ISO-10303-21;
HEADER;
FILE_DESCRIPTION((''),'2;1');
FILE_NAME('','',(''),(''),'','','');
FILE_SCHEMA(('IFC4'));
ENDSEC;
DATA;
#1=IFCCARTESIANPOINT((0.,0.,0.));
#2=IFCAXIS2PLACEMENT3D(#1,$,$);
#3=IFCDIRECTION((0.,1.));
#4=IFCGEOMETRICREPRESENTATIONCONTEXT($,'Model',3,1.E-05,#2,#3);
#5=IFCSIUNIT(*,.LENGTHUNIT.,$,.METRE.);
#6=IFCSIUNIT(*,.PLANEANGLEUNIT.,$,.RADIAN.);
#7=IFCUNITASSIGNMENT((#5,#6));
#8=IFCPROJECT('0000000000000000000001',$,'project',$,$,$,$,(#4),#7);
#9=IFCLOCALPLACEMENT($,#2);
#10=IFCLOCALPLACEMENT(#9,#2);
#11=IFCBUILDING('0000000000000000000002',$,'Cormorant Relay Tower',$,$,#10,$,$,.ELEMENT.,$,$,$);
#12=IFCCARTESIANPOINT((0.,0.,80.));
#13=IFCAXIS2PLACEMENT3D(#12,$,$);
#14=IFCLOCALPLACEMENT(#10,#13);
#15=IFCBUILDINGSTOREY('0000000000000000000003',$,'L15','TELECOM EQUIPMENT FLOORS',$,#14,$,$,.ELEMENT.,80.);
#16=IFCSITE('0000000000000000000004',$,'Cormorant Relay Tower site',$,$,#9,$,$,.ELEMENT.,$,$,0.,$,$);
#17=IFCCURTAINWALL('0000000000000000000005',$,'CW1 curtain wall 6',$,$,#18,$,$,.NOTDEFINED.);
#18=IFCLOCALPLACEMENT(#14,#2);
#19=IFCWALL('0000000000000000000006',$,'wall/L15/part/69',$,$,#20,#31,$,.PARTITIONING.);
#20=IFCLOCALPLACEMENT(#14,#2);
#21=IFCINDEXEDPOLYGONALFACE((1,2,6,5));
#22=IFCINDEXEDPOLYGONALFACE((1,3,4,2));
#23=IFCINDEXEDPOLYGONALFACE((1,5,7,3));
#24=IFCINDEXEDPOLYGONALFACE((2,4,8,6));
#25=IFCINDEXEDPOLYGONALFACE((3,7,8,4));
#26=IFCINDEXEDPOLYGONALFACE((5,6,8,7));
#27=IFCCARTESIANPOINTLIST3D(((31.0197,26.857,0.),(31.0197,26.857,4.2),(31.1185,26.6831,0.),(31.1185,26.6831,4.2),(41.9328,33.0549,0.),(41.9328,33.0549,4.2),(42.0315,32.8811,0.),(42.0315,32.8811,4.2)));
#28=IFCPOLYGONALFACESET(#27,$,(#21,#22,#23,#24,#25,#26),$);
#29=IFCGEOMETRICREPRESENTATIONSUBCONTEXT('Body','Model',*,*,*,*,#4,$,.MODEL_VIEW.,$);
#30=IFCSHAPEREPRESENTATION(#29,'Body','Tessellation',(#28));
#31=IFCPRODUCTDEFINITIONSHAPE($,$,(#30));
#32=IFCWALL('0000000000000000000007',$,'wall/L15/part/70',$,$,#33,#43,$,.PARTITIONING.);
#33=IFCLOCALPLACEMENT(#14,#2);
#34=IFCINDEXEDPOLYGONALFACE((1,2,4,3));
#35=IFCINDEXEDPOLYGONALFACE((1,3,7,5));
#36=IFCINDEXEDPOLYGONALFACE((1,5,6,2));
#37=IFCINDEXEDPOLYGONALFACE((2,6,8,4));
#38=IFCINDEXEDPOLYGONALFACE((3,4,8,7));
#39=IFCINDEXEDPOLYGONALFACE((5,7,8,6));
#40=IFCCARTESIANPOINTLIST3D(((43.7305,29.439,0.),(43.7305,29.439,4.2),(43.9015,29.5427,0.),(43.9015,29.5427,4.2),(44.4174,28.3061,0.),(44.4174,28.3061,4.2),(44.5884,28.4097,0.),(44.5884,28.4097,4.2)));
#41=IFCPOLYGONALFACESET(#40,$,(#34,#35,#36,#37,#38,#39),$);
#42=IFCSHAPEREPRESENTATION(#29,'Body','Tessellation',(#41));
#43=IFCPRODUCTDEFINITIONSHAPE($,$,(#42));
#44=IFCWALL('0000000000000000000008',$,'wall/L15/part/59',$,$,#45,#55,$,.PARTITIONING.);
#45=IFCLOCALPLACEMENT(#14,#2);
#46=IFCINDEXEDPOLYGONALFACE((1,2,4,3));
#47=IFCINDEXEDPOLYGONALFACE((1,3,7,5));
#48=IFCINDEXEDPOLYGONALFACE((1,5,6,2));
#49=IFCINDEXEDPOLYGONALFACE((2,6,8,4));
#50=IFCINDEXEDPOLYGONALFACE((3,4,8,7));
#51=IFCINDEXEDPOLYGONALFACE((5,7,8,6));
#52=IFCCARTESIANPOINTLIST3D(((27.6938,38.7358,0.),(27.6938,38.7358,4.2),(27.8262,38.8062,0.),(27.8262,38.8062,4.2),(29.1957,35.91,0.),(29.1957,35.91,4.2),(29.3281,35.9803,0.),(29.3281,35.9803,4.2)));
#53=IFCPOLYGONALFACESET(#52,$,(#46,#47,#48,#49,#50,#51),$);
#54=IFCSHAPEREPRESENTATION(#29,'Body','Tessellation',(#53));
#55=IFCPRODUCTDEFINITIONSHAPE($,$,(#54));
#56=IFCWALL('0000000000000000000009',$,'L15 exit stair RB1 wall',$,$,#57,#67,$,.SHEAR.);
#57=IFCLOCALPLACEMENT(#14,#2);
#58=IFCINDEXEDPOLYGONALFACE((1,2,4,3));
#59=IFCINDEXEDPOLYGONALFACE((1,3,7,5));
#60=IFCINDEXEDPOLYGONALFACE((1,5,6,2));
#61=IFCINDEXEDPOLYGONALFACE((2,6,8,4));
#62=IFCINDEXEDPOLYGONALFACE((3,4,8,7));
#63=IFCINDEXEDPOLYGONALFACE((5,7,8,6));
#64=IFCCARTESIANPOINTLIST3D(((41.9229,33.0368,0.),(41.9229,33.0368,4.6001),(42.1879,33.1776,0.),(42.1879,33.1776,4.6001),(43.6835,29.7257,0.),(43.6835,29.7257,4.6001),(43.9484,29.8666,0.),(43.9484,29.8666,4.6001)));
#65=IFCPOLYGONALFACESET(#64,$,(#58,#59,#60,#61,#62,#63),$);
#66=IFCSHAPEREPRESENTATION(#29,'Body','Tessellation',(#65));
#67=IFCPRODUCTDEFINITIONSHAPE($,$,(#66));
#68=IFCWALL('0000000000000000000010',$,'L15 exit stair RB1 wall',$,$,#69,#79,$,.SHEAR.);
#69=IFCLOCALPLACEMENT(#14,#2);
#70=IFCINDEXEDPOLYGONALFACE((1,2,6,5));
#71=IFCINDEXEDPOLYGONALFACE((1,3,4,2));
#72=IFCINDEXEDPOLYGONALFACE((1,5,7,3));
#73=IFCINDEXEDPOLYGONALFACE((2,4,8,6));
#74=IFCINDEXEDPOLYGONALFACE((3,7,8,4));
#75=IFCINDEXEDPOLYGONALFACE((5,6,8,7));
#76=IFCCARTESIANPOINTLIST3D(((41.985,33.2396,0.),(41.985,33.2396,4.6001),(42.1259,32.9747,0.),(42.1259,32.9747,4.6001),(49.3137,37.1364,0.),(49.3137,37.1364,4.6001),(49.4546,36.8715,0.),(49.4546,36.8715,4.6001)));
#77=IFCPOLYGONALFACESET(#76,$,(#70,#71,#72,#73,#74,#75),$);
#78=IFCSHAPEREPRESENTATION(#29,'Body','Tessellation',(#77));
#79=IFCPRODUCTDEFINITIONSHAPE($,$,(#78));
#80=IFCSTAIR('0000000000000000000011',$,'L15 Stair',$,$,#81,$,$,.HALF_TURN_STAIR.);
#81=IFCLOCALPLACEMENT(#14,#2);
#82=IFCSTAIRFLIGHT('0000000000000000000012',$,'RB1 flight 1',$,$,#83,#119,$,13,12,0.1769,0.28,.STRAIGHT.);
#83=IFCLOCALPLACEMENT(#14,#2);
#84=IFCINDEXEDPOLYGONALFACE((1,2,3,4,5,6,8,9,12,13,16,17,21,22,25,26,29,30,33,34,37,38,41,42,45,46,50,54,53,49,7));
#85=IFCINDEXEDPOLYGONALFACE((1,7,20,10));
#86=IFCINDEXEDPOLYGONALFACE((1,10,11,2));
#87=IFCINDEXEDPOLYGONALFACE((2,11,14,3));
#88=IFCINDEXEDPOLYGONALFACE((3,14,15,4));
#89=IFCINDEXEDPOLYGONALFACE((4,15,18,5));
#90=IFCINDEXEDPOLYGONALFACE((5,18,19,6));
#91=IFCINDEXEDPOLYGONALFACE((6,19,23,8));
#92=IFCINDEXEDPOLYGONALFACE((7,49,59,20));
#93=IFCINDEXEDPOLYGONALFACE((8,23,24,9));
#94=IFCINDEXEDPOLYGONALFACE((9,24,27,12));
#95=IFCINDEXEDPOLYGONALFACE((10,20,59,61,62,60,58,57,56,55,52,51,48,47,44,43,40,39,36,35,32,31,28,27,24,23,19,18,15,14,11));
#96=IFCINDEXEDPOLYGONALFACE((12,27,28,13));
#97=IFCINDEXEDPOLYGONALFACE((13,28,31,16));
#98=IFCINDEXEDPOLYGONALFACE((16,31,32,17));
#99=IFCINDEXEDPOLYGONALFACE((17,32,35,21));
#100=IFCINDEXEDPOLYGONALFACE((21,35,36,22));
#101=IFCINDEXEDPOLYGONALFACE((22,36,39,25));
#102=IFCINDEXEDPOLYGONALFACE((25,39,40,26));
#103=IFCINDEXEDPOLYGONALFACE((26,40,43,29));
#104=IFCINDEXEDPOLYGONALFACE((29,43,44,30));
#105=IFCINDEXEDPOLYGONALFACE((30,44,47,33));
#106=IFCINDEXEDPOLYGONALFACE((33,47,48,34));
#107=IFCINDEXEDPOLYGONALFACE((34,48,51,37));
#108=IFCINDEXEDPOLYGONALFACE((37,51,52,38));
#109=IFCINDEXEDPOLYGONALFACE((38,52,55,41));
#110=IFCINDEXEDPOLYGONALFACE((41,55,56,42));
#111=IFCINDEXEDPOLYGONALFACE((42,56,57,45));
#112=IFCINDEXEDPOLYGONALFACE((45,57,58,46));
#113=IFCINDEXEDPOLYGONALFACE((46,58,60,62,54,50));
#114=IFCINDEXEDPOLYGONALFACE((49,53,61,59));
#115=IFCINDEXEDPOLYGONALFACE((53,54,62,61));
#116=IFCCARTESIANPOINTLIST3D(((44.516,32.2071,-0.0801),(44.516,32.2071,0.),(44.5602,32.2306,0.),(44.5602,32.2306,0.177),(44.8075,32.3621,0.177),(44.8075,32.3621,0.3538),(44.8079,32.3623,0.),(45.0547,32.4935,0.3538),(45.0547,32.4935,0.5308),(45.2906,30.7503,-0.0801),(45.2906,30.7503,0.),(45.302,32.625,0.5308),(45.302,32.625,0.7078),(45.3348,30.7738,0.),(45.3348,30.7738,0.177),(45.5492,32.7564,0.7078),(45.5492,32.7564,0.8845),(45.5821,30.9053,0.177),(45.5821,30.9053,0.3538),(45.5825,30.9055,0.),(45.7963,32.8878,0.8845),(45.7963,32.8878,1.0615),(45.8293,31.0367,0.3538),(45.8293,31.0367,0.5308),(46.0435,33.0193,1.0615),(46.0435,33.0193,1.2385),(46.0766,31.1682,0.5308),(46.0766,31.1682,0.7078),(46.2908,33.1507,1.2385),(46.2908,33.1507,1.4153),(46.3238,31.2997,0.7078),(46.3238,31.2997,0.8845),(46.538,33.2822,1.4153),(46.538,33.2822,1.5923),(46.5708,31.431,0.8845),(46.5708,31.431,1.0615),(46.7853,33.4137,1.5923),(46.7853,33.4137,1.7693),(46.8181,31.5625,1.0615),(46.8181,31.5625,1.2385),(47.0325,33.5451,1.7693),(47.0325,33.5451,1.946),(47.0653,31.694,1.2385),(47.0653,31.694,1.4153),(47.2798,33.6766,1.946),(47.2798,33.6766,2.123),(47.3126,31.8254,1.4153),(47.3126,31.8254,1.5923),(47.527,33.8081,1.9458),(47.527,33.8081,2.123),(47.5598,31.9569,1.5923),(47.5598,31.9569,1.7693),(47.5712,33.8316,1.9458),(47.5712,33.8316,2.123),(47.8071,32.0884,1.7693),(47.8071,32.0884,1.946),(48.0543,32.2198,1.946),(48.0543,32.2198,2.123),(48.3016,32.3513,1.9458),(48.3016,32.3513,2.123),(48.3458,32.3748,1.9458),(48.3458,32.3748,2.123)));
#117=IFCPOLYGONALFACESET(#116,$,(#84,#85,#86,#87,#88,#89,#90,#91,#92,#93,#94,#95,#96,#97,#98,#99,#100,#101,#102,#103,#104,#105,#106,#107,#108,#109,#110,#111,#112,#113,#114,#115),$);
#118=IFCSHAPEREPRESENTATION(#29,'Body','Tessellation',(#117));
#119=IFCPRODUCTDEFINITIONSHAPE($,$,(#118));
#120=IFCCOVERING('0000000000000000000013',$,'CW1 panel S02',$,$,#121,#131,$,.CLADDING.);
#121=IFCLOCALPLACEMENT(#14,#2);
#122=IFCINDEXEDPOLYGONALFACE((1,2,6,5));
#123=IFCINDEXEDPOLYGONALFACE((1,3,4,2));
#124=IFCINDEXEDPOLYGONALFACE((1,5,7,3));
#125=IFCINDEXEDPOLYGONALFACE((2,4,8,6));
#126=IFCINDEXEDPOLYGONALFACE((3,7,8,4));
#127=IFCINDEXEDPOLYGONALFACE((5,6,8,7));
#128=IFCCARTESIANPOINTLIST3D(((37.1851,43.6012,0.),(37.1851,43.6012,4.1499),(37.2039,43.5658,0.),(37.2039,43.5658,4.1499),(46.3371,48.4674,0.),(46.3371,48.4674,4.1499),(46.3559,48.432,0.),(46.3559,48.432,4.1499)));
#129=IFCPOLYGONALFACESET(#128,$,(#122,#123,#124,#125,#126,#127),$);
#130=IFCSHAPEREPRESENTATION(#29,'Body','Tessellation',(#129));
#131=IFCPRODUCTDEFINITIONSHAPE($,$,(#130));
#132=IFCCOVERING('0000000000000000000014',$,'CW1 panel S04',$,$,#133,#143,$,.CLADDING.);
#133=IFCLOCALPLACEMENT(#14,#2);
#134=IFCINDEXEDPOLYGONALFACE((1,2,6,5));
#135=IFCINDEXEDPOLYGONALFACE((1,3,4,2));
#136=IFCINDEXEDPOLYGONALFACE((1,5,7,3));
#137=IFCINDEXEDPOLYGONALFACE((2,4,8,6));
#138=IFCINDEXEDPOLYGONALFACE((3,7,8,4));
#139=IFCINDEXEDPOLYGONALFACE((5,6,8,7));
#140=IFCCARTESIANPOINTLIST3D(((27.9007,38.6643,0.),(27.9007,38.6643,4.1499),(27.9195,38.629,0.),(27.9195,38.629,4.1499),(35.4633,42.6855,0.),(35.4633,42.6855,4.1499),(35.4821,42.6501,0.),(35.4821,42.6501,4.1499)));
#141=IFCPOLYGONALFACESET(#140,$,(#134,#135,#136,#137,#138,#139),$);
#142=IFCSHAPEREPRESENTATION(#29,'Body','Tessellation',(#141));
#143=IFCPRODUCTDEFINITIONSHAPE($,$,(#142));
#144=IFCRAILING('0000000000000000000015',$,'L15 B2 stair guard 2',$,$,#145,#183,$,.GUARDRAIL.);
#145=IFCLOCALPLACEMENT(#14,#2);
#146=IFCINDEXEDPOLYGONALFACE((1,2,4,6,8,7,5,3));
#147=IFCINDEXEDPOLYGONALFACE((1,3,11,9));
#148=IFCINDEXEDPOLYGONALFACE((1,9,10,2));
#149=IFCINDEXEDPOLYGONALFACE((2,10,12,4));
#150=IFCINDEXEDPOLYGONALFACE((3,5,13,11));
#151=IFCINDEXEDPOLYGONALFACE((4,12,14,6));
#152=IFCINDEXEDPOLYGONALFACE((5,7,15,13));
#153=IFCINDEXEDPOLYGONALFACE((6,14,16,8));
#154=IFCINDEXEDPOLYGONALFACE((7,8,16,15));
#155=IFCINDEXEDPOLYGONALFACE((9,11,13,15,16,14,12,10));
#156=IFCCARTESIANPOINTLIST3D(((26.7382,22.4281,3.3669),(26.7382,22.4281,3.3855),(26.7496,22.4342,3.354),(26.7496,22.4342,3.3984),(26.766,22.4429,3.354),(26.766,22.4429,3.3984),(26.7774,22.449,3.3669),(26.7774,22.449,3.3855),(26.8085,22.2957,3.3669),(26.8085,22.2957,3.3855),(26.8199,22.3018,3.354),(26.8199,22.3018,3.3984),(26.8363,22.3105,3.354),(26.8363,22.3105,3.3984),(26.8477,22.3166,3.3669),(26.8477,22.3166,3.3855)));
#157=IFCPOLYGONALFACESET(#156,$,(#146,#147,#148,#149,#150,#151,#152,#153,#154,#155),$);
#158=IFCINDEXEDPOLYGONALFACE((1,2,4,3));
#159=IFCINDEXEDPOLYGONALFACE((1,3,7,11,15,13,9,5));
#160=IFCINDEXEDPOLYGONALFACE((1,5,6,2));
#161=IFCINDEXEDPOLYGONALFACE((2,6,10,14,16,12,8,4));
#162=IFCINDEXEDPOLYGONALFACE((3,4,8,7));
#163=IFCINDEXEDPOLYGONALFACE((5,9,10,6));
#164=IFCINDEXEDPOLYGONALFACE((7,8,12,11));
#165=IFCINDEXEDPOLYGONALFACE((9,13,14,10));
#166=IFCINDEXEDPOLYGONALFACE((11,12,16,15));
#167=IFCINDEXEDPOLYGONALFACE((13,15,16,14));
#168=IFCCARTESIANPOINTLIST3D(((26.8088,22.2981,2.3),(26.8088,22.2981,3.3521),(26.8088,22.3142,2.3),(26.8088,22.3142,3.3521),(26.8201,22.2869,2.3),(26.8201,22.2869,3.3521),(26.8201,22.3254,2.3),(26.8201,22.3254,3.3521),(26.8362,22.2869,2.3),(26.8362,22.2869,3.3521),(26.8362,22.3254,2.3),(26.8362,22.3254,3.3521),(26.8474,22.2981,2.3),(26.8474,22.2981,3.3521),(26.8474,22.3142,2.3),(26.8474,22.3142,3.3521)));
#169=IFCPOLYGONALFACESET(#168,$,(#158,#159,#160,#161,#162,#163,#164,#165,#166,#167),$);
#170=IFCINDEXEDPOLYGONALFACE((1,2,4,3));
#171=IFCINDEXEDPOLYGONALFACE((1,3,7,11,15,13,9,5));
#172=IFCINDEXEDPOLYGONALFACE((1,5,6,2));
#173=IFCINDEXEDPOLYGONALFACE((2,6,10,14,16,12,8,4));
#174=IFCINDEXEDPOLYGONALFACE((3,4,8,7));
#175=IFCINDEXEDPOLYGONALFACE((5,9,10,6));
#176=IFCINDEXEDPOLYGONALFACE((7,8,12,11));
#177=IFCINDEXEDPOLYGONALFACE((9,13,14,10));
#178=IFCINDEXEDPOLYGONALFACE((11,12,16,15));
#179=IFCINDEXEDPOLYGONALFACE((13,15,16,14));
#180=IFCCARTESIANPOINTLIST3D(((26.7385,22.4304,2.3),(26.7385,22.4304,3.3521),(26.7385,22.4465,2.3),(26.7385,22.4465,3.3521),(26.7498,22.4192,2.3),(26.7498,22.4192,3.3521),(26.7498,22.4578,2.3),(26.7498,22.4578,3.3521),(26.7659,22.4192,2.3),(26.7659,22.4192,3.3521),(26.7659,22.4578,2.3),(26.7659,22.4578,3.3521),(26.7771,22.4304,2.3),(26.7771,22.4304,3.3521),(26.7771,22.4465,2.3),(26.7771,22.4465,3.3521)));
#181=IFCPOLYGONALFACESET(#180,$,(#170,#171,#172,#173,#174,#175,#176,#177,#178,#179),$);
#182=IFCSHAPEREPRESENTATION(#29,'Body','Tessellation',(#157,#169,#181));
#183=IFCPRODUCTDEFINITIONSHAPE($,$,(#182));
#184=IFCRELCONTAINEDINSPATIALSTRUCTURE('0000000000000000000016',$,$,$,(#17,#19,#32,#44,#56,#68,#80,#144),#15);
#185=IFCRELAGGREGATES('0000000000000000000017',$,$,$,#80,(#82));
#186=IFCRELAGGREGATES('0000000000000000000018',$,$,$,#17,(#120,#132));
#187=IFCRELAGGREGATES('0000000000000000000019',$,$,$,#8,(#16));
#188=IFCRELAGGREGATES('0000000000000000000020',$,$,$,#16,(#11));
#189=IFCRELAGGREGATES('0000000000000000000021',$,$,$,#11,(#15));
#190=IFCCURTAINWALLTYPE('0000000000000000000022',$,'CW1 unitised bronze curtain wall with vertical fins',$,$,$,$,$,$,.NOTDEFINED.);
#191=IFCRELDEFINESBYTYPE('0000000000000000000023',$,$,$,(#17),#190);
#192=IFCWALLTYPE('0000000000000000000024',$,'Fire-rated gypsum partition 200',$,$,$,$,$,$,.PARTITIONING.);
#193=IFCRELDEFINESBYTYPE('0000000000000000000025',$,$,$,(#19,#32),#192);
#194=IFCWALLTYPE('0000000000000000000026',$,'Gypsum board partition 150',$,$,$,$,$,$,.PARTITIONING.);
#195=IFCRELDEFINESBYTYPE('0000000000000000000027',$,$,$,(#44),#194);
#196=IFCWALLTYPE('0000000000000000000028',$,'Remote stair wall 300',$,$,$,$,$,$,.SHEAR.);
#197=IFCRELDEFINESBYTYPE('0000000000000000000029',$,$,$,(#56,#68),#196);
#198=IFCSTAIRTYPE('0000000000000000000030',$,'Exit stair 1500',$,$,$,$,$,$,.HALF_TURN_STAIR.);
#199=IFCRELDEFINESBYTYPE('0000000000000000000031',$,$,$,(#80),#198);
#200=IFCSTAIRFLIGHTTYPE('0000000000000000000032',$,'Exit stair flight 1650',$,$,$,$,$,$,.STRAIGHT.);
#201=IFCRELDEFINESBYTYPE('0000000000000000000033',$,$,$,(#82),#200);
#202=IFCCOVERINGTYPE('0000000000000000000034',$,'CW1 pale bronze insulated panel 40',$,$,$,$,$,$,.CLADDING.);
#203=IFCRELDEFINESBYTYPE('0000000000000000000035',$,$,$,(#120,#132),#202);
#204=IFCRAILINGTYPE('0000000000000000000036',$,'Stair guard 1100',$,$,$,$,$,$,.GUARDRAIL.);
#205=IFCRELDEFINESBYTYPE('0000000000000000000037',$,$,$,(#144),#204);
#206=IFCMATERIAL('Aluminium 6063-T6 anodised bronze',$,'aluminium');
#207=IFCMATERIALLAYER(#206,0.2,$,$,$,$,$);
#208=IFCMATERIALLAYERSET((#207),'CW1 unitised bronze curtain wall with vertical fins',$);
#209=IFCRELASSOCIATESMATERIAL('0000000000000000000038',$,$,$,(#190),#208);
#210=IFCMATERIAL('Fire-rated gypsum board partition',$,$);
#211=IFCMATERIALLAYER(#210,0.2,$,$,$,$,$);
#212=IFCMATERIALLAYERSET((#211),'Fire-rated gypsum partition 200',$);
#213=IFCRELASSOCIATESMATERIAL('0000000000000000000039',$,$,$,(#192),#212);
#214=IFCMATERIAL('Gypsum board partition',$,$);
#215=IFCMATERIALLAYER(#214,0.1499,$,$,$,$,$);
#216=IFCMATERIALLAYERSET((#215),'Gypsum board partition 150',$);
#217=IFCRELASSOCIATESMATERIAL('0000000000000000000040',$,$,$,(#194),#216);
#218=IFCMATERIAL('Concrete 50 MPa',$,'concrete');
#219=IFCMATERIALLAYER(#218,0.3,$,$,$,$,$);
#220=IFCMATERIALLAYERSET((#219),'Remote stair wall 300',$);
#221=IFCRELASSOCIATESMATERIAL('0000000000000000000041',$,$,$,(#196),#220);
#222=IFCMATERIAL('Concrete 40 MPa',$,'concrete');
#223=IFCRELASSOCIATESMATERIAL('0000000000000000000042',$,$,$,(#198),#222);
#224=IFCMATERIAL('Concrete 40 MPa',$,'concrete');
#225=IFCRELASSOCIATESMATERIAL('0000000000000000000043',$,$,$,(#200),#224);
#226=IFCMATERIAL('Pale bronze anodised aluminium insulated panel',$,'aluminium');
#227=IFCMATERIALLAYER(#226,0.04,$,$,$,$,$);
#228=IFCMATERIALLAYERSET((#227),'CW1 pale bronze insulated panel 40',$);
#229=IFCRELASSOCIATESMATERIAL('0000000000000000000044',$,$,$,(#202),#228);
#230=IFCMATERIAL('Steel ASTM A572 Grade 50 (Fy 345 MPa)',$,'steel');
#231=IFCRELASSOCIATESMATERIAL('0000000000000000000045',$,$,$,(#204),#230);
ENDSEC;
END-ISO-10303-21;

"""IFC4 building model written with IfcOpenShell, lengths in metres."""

from ifc_helpers import new_model, si_unit, direction, frame, frame_2d, origin, origin_2d, place, context, subcontext, project, spatial, polyline, rectangle, outline, extrude, material, layer, layer_set, type_object, element, aggregate, save


model = new_model("IFC4")

# Units and contexts
model_context = context("Model", 3, precision=1e-05, world=origin(), true_north=direction((0.0, 1.0)))
body_context = subcontext(model_context, "Body", "Model", "MODEL_VIEW")
ifc_project = project(units=[si_unit("LENGTHUNIT", "METRE"), si_unit("PLANEANGLEUNIT", "RADIAN")], contexts=[model_context])

# Site, building, storey
site_placement = place(None, origin())
site = spatial("IfcSite", under=ifc_project, at=site_placement, Name="Cormorant Relay Tower site", CompositionType="ELEMENT", RefElevation=0.0)
building_placement = place(site_placement, origin())
building = spatial("IfcBuilding", under=site, at=building_placement, Name="Cormorant Relay Tower", CompositionType="ELEMENT")
storey_placement = place(building_placement, frame((0.0, 0.0, 80.0)))
storey = spatial("IfcBuildingStorey", under=building, at=storey_placement, Name="L15", Description="TELECOM EQUIPMENT FLOORS", CompositionType="ELEMENT", Elevation=80.0)

# Curtain wall
ifc_material_1 = material(Name="Aluminium 6063-T6 anodised bronze", Category="aluminium")
ifc_layer_1 = layer(ifc_material_1, 0.2)
ifc_layer_set_1 = layer_set([ifc_layer_1], Name="CW1 unitised bronze curtain wall with vertical fins")
curtain_wall_type = type_object("IfcCurtainWallType", Name="CW1 unitised bronze curtain wall with vertical fins", PredefinedType="NOTDEFINED", material=ifc_layer_set_1)
curtain_wall_placement = place(storey_placement, origin())
curtain_wall = element("IfcCurtainWall", 1, at=curtain_wall_placement, inside=storey, type_object=curtain_wall_type, Name="CW1 curtain wall 6", PredefinedType="NOTDEFINED")

# Shared definitions
ifc_material_2 = material(Name="Fire-rated gypsum board partition")
ifc_layer_2 = layer(ifc_material_2, 0.2)
ifc_layer_set_2 = layer_set([ifc_layer_2], Name="Fire-rated gypsum partition 200")
wall_type_1 = type_object("IfcWallType", Name="Fire-rated gypsum partition 200", PredefinedType="PARTITIONING", material=ifc_layer_set_2)

# Walls
wall_1_placement = place(storey_placement, frame((31.0691, 26.77, 0.0), z_axis=(0.0, 0.0, 1.0), x_axis=(0.869546, 0.493852, 0.0)))
element("IfcWall", 2, at=wall_1_placement, inside=storey, type_object=wall_type_1, Name="wall/L15/part/69", PredefinedType="PARTITIONING", context=body_context, shape_type="SweptSolid", body=[
    extrude(rectangle(XDim=12.5503, YDim=0.2, at=frame_2d((6.2751, 0.0))), origin(), (0.0, 0.0, 1.0), 4.2),
])
wall_2_placement = place(storey_placement, frame((43.8159, 29.491, 0.0), z_axis=(0.0, 0.0, 1.0), x_axis=(0.518473, -0.855094, 0.0)))
element("IfcWall", 3, at=wall_2_placement, inside=storey, type_object=wall_type_1, Name="wall/L15/part/70", PredefinedType="PARTITIONING", context=body_context, shape_type="SweptSolid", body=[
    extrude(rectangle(XDim=1.325, YDim=0.2, at=frame_2d((0.6626, 0.0))), origin(), (0.0, 0.0, 1.0), 4.2),
])
ifc_material_3 = material(Name="Gypsum board partition")
ifc_layer_3 = layer(ifc_material_3, 0.1499)
ifc_layer_set_3 = layer_set([ifc_layer_3], Name="Gypsum board partition 150")
wall_type_2 = type_object("IfcWallType", Name="Gypsum board partition 150", PredefinedType="PARTITIONING", material=ifc_layer_set_3)
wall_3_placement = place(storey_placement, frame((27.76, 38.771, 0.0), z_axis=(0.0, 0.0, 1.0), x_axis=(0.469321, -0.883028, 0.0)))
element("IfcWall", 4, at=wall_3_placement, inside=storey, type_object=wall_type_2, Name="wall/L15/part/59", PredefinedType="PARTITIONING", context=body_context, shape_type="SweptSolid", body=[
    extrude(rectangle(XDim=3.2002, YDim=0.1499, at=frame_2d((1.6001, 0.0))), origin(), (0.0, 0.0, 1.0), 4.2),
])
ifc_material_4 = material(Name="Concrete 50 MPa", Category="concrete")
ifc_layer_4 = layer(ifc_material_4, 0.3)
ifc_layer_set_4 = layer_set([ifc_layer_4], Name="Remote stair wall 300")
wall_type_3 = type_object("IfcWallType", Name="Remote stair wall 300", PredefinedType="SHEAR", material=ifc_layer_set_4)
wall_4_placement = place(storey_placement, frame((43.8159, 29.7961, 0.0), z_axis=(0.0, 0.0, 1.0), x_axis=(-0.469469, 0.882949, 0.0)))
element("IfcWall", 5, at=wall_4_placement, inside=storey, type_object=wall_type_3, Name="L15 exit stair RB1 wall", PredefinedType="SHEAR", context=body_context, shape_type="SweptSolid", body=[
    extrude(rectangle(XDim=3.75, YDim=0.3, at=frame_2d((1.875, 0.0))), origin(), (0.0, 0.0, 1.0), 4.6001),
])
wall_5_placement = place(storey_placement, frame((42.0554, 33.1072, 0.0), z_axis=(0.0, 0.0, 1.0), x_axis=(0.882946, 0.469475, 0.0)))
element("IfcWall", 6, at=wall_5_placement, inside=storey, type_object=wall_type_3, Name="L15 exit stair RB1 wall", PredefinedType="SHEAR", context=body_context, shape_type="SweptSolid", body=[
    extrude(rectangle(XDim=8.3003, YDim=0.3, at=frame_2d((4.1501, 0.0))), origin(), (0.0, 0.0, 1.0), 4.6001),
])

# Stair, stair flight
ifc_material_5 = material(Name="Concrete 40 MPa", Category="concrete")
stair_type = type_object("IfcStairType", Name="Exit stair 1500", PredefinedType="HALF_TURN_STAIR", material=ifc_material_5)
stair_placement = place(storey_placement, origin())
stair = element("IfcStair", 7, at=stair_placement, inside=storey, type_object=stair_type, Name="L15 Stair", PredefinedType="HALF_TURN_STAIR")
ifc_material_6 = material(Name="Concrete 40 MPa", Category="concrete")
stair_flight_type = type_object("IfcStairFlightType", Name="Exit stair flight 1650", PredefinedType="STRAIGHT", material=ifc_material_6)
stair_flight_placement = place(storey_placement, frame((44.9475, 31.5022, 0.0), z_axis=(0.0, 0.0, 1.0), x_axis=(0.882948, 0.469472, 0.0)))
stair_flight = element("IfcStairFlight", 8, at=stair_flight_placement, type_object=stair_flight_type, Name="RB1 flight 1", NumberOfRisers=13, NumberOfTreads=12, PredefinedType="STRAIGHT", RiserHeight=0.1769, TreadLength=0.28, context=body_context, shape_type="SweptSolid", body=[
    extrude(outline(polyline([(-0.05, -0.0801), (-0.05, 0.0), (0.0, 0.0), (0.0, 0.177), (0.28, 0.177), (0.28, 0.3538), (0.5601, 0.3538), (0.5601, 0.5308), (0.8401, 0.5308), (0.8401, 0.7078), (1.1201, 0.7078), (1.1201, 0.8845), (1.3999, 0.8845), (1.3999, 1.0615), (1.6799, 1.0615), (1.6799, 1.2385), (1.96, 1.2385), (1.96, 1.4153), (2.24, 1.4153), (2.24, 1.5923), (2.52, 1.5923), (2.52, 1.7693), (2.8, 1.7693), (2.8, 1.946), (3.0801, 1.946), (3.0801, 2.123), (3.3601, 2.123), (3.4102, 2.123), (3.4102, 1.9458), (3.3601, 1.9458), (0.2805, 0.0), (-0.05, -0.0801)])), frame((0.0, 0.825, 0.0), z_axis=(0.0, -1.0, 0.0), x_axis=(1.0, 0.0, 0.0)), (0.0, 0.0, 1.0), 1.6499),
])
aggregate(stair, [stair_flight])

# Coverings
ifc_material_7 = material(Name="Pale bronze anodised aluminium insulated panel", Category="aluminium")
ifc_layer_5 = layer(ifc_material_7, 0.04)
ifc_layer_set_5 = layer_set([ifc_layer_5], Name="CW1 pale bronze insulated panel 40")
covering_type = type_object("IfcCoveringType", Name="CW1 pale bronze insulated panel 40", PredefinedType="CLADDING", material=ifc_layer_set_5)
covering_1_placement = place(storey_placement, frame((41.7705, 46.0166, 0.0), z_axis=(0.0, 0.0, 1.0), x_axis=(-0.882948, -0.469472, 0.0)))
covering_1 = element("IfcCovering", 9, at=covering_1_placement, type_object=covering_type, Name="CW1 panel S02", PredefinedType="CLADDING", context=body_context, shape_type="SweptSolid", body=[
    extrude(rectangle(XDim=10.3652, YDim=0.04, at=origin_2d()), origin(), (0.0, 0.0, 1.0), 4.1499),
])
covering_2_placement = place(storey_placement, frame((31.6914, 40.6572, 0.0), z_axis=(0.0, 0.0, 1.0), x_axis=(-0.882948, -0.469472, 0.0)))
covering_2 = element("IfcCovering", 10, at=covering_2_placement, type_object=covering_type, Name="CW1 panel S04", PredefinedType="CLADDING", context=body_context, shape_type="SweptSolid", body=[
    extrude(rectangle(XDim=8.5652, YDim=0.04, at=origin_2d()), origin(), (0.0, 0.0, 1.0), 4.1499),
])
aggregate(curtain_wall, [covering_1, covering_2])

# Railing
ifc_material_8 = material(Name="Steel ASTM A572 Grade 50 (Fy 345 MPa)", Category="steel")
railing_type = type_object("IfcRailingType", Name="Stair guard 1100", PredefinedType="GUARDRAIL", material=ifc_material_8)
railing_1_placement = place(storey_placement, frame((26.8281, 22.3062, 2.3)))
element("IfcRailing", 11, at=railing_1_placement, inside=storey, type_object=railing_type, Name="L15 B2 stair guard 2", PredefinedType="GUARDRAIL", context=body_context, shape_type="SweptSolid", body=[
    extrude(outline(polyline([(0.0222, 0.0093), (0.0093, 0.0222), (-0.0093, 0.0222), (-0.0222, 0.0093), (-0.0222, -0.0093), (-0.0093, -0.0222), (0.0093, -0.0222), (0.0222, -0.0093), (0.0222, 0.0093)])), frame((0.0, 0.0, 1.0762), z_axis=(-0.469235, 0.883074, 0.0), x_axis=(-0.883074, -0.469235, 0.0)), (0.0, 0.0, 1.0), 0.1499),
    extrude(outline(polyline([(0.0193, 0.0081), (0.0081, 0.0193), (-0.0081, 0.0193), (-0.0193, 0.0081), (-0.0193, -0.0081), (-0.0081, -0.0193), (0.0081, -0.0193), (0.0193, -0.0081), (0.0193, 0.0081)])), origin(), (0.0, 0.0, 1.0), 1.052),
    extrude(outline(polyline([(0.0193, 0.0081), (0.0081, 0.0193), (-0.0081, 0.0193), (-0.0193, 0.0081), (-0.0193, -0.0081), (-0.0081, -0.0193), (0.0081, -0.0193), (0.0193, -0.0081), (0.0193, 0.0081)])), frame((-0.0703, 0.1323, 0.0)), (0.0, 0.0, 1.0), 1.052),
])

save(model, "model.ifc")
